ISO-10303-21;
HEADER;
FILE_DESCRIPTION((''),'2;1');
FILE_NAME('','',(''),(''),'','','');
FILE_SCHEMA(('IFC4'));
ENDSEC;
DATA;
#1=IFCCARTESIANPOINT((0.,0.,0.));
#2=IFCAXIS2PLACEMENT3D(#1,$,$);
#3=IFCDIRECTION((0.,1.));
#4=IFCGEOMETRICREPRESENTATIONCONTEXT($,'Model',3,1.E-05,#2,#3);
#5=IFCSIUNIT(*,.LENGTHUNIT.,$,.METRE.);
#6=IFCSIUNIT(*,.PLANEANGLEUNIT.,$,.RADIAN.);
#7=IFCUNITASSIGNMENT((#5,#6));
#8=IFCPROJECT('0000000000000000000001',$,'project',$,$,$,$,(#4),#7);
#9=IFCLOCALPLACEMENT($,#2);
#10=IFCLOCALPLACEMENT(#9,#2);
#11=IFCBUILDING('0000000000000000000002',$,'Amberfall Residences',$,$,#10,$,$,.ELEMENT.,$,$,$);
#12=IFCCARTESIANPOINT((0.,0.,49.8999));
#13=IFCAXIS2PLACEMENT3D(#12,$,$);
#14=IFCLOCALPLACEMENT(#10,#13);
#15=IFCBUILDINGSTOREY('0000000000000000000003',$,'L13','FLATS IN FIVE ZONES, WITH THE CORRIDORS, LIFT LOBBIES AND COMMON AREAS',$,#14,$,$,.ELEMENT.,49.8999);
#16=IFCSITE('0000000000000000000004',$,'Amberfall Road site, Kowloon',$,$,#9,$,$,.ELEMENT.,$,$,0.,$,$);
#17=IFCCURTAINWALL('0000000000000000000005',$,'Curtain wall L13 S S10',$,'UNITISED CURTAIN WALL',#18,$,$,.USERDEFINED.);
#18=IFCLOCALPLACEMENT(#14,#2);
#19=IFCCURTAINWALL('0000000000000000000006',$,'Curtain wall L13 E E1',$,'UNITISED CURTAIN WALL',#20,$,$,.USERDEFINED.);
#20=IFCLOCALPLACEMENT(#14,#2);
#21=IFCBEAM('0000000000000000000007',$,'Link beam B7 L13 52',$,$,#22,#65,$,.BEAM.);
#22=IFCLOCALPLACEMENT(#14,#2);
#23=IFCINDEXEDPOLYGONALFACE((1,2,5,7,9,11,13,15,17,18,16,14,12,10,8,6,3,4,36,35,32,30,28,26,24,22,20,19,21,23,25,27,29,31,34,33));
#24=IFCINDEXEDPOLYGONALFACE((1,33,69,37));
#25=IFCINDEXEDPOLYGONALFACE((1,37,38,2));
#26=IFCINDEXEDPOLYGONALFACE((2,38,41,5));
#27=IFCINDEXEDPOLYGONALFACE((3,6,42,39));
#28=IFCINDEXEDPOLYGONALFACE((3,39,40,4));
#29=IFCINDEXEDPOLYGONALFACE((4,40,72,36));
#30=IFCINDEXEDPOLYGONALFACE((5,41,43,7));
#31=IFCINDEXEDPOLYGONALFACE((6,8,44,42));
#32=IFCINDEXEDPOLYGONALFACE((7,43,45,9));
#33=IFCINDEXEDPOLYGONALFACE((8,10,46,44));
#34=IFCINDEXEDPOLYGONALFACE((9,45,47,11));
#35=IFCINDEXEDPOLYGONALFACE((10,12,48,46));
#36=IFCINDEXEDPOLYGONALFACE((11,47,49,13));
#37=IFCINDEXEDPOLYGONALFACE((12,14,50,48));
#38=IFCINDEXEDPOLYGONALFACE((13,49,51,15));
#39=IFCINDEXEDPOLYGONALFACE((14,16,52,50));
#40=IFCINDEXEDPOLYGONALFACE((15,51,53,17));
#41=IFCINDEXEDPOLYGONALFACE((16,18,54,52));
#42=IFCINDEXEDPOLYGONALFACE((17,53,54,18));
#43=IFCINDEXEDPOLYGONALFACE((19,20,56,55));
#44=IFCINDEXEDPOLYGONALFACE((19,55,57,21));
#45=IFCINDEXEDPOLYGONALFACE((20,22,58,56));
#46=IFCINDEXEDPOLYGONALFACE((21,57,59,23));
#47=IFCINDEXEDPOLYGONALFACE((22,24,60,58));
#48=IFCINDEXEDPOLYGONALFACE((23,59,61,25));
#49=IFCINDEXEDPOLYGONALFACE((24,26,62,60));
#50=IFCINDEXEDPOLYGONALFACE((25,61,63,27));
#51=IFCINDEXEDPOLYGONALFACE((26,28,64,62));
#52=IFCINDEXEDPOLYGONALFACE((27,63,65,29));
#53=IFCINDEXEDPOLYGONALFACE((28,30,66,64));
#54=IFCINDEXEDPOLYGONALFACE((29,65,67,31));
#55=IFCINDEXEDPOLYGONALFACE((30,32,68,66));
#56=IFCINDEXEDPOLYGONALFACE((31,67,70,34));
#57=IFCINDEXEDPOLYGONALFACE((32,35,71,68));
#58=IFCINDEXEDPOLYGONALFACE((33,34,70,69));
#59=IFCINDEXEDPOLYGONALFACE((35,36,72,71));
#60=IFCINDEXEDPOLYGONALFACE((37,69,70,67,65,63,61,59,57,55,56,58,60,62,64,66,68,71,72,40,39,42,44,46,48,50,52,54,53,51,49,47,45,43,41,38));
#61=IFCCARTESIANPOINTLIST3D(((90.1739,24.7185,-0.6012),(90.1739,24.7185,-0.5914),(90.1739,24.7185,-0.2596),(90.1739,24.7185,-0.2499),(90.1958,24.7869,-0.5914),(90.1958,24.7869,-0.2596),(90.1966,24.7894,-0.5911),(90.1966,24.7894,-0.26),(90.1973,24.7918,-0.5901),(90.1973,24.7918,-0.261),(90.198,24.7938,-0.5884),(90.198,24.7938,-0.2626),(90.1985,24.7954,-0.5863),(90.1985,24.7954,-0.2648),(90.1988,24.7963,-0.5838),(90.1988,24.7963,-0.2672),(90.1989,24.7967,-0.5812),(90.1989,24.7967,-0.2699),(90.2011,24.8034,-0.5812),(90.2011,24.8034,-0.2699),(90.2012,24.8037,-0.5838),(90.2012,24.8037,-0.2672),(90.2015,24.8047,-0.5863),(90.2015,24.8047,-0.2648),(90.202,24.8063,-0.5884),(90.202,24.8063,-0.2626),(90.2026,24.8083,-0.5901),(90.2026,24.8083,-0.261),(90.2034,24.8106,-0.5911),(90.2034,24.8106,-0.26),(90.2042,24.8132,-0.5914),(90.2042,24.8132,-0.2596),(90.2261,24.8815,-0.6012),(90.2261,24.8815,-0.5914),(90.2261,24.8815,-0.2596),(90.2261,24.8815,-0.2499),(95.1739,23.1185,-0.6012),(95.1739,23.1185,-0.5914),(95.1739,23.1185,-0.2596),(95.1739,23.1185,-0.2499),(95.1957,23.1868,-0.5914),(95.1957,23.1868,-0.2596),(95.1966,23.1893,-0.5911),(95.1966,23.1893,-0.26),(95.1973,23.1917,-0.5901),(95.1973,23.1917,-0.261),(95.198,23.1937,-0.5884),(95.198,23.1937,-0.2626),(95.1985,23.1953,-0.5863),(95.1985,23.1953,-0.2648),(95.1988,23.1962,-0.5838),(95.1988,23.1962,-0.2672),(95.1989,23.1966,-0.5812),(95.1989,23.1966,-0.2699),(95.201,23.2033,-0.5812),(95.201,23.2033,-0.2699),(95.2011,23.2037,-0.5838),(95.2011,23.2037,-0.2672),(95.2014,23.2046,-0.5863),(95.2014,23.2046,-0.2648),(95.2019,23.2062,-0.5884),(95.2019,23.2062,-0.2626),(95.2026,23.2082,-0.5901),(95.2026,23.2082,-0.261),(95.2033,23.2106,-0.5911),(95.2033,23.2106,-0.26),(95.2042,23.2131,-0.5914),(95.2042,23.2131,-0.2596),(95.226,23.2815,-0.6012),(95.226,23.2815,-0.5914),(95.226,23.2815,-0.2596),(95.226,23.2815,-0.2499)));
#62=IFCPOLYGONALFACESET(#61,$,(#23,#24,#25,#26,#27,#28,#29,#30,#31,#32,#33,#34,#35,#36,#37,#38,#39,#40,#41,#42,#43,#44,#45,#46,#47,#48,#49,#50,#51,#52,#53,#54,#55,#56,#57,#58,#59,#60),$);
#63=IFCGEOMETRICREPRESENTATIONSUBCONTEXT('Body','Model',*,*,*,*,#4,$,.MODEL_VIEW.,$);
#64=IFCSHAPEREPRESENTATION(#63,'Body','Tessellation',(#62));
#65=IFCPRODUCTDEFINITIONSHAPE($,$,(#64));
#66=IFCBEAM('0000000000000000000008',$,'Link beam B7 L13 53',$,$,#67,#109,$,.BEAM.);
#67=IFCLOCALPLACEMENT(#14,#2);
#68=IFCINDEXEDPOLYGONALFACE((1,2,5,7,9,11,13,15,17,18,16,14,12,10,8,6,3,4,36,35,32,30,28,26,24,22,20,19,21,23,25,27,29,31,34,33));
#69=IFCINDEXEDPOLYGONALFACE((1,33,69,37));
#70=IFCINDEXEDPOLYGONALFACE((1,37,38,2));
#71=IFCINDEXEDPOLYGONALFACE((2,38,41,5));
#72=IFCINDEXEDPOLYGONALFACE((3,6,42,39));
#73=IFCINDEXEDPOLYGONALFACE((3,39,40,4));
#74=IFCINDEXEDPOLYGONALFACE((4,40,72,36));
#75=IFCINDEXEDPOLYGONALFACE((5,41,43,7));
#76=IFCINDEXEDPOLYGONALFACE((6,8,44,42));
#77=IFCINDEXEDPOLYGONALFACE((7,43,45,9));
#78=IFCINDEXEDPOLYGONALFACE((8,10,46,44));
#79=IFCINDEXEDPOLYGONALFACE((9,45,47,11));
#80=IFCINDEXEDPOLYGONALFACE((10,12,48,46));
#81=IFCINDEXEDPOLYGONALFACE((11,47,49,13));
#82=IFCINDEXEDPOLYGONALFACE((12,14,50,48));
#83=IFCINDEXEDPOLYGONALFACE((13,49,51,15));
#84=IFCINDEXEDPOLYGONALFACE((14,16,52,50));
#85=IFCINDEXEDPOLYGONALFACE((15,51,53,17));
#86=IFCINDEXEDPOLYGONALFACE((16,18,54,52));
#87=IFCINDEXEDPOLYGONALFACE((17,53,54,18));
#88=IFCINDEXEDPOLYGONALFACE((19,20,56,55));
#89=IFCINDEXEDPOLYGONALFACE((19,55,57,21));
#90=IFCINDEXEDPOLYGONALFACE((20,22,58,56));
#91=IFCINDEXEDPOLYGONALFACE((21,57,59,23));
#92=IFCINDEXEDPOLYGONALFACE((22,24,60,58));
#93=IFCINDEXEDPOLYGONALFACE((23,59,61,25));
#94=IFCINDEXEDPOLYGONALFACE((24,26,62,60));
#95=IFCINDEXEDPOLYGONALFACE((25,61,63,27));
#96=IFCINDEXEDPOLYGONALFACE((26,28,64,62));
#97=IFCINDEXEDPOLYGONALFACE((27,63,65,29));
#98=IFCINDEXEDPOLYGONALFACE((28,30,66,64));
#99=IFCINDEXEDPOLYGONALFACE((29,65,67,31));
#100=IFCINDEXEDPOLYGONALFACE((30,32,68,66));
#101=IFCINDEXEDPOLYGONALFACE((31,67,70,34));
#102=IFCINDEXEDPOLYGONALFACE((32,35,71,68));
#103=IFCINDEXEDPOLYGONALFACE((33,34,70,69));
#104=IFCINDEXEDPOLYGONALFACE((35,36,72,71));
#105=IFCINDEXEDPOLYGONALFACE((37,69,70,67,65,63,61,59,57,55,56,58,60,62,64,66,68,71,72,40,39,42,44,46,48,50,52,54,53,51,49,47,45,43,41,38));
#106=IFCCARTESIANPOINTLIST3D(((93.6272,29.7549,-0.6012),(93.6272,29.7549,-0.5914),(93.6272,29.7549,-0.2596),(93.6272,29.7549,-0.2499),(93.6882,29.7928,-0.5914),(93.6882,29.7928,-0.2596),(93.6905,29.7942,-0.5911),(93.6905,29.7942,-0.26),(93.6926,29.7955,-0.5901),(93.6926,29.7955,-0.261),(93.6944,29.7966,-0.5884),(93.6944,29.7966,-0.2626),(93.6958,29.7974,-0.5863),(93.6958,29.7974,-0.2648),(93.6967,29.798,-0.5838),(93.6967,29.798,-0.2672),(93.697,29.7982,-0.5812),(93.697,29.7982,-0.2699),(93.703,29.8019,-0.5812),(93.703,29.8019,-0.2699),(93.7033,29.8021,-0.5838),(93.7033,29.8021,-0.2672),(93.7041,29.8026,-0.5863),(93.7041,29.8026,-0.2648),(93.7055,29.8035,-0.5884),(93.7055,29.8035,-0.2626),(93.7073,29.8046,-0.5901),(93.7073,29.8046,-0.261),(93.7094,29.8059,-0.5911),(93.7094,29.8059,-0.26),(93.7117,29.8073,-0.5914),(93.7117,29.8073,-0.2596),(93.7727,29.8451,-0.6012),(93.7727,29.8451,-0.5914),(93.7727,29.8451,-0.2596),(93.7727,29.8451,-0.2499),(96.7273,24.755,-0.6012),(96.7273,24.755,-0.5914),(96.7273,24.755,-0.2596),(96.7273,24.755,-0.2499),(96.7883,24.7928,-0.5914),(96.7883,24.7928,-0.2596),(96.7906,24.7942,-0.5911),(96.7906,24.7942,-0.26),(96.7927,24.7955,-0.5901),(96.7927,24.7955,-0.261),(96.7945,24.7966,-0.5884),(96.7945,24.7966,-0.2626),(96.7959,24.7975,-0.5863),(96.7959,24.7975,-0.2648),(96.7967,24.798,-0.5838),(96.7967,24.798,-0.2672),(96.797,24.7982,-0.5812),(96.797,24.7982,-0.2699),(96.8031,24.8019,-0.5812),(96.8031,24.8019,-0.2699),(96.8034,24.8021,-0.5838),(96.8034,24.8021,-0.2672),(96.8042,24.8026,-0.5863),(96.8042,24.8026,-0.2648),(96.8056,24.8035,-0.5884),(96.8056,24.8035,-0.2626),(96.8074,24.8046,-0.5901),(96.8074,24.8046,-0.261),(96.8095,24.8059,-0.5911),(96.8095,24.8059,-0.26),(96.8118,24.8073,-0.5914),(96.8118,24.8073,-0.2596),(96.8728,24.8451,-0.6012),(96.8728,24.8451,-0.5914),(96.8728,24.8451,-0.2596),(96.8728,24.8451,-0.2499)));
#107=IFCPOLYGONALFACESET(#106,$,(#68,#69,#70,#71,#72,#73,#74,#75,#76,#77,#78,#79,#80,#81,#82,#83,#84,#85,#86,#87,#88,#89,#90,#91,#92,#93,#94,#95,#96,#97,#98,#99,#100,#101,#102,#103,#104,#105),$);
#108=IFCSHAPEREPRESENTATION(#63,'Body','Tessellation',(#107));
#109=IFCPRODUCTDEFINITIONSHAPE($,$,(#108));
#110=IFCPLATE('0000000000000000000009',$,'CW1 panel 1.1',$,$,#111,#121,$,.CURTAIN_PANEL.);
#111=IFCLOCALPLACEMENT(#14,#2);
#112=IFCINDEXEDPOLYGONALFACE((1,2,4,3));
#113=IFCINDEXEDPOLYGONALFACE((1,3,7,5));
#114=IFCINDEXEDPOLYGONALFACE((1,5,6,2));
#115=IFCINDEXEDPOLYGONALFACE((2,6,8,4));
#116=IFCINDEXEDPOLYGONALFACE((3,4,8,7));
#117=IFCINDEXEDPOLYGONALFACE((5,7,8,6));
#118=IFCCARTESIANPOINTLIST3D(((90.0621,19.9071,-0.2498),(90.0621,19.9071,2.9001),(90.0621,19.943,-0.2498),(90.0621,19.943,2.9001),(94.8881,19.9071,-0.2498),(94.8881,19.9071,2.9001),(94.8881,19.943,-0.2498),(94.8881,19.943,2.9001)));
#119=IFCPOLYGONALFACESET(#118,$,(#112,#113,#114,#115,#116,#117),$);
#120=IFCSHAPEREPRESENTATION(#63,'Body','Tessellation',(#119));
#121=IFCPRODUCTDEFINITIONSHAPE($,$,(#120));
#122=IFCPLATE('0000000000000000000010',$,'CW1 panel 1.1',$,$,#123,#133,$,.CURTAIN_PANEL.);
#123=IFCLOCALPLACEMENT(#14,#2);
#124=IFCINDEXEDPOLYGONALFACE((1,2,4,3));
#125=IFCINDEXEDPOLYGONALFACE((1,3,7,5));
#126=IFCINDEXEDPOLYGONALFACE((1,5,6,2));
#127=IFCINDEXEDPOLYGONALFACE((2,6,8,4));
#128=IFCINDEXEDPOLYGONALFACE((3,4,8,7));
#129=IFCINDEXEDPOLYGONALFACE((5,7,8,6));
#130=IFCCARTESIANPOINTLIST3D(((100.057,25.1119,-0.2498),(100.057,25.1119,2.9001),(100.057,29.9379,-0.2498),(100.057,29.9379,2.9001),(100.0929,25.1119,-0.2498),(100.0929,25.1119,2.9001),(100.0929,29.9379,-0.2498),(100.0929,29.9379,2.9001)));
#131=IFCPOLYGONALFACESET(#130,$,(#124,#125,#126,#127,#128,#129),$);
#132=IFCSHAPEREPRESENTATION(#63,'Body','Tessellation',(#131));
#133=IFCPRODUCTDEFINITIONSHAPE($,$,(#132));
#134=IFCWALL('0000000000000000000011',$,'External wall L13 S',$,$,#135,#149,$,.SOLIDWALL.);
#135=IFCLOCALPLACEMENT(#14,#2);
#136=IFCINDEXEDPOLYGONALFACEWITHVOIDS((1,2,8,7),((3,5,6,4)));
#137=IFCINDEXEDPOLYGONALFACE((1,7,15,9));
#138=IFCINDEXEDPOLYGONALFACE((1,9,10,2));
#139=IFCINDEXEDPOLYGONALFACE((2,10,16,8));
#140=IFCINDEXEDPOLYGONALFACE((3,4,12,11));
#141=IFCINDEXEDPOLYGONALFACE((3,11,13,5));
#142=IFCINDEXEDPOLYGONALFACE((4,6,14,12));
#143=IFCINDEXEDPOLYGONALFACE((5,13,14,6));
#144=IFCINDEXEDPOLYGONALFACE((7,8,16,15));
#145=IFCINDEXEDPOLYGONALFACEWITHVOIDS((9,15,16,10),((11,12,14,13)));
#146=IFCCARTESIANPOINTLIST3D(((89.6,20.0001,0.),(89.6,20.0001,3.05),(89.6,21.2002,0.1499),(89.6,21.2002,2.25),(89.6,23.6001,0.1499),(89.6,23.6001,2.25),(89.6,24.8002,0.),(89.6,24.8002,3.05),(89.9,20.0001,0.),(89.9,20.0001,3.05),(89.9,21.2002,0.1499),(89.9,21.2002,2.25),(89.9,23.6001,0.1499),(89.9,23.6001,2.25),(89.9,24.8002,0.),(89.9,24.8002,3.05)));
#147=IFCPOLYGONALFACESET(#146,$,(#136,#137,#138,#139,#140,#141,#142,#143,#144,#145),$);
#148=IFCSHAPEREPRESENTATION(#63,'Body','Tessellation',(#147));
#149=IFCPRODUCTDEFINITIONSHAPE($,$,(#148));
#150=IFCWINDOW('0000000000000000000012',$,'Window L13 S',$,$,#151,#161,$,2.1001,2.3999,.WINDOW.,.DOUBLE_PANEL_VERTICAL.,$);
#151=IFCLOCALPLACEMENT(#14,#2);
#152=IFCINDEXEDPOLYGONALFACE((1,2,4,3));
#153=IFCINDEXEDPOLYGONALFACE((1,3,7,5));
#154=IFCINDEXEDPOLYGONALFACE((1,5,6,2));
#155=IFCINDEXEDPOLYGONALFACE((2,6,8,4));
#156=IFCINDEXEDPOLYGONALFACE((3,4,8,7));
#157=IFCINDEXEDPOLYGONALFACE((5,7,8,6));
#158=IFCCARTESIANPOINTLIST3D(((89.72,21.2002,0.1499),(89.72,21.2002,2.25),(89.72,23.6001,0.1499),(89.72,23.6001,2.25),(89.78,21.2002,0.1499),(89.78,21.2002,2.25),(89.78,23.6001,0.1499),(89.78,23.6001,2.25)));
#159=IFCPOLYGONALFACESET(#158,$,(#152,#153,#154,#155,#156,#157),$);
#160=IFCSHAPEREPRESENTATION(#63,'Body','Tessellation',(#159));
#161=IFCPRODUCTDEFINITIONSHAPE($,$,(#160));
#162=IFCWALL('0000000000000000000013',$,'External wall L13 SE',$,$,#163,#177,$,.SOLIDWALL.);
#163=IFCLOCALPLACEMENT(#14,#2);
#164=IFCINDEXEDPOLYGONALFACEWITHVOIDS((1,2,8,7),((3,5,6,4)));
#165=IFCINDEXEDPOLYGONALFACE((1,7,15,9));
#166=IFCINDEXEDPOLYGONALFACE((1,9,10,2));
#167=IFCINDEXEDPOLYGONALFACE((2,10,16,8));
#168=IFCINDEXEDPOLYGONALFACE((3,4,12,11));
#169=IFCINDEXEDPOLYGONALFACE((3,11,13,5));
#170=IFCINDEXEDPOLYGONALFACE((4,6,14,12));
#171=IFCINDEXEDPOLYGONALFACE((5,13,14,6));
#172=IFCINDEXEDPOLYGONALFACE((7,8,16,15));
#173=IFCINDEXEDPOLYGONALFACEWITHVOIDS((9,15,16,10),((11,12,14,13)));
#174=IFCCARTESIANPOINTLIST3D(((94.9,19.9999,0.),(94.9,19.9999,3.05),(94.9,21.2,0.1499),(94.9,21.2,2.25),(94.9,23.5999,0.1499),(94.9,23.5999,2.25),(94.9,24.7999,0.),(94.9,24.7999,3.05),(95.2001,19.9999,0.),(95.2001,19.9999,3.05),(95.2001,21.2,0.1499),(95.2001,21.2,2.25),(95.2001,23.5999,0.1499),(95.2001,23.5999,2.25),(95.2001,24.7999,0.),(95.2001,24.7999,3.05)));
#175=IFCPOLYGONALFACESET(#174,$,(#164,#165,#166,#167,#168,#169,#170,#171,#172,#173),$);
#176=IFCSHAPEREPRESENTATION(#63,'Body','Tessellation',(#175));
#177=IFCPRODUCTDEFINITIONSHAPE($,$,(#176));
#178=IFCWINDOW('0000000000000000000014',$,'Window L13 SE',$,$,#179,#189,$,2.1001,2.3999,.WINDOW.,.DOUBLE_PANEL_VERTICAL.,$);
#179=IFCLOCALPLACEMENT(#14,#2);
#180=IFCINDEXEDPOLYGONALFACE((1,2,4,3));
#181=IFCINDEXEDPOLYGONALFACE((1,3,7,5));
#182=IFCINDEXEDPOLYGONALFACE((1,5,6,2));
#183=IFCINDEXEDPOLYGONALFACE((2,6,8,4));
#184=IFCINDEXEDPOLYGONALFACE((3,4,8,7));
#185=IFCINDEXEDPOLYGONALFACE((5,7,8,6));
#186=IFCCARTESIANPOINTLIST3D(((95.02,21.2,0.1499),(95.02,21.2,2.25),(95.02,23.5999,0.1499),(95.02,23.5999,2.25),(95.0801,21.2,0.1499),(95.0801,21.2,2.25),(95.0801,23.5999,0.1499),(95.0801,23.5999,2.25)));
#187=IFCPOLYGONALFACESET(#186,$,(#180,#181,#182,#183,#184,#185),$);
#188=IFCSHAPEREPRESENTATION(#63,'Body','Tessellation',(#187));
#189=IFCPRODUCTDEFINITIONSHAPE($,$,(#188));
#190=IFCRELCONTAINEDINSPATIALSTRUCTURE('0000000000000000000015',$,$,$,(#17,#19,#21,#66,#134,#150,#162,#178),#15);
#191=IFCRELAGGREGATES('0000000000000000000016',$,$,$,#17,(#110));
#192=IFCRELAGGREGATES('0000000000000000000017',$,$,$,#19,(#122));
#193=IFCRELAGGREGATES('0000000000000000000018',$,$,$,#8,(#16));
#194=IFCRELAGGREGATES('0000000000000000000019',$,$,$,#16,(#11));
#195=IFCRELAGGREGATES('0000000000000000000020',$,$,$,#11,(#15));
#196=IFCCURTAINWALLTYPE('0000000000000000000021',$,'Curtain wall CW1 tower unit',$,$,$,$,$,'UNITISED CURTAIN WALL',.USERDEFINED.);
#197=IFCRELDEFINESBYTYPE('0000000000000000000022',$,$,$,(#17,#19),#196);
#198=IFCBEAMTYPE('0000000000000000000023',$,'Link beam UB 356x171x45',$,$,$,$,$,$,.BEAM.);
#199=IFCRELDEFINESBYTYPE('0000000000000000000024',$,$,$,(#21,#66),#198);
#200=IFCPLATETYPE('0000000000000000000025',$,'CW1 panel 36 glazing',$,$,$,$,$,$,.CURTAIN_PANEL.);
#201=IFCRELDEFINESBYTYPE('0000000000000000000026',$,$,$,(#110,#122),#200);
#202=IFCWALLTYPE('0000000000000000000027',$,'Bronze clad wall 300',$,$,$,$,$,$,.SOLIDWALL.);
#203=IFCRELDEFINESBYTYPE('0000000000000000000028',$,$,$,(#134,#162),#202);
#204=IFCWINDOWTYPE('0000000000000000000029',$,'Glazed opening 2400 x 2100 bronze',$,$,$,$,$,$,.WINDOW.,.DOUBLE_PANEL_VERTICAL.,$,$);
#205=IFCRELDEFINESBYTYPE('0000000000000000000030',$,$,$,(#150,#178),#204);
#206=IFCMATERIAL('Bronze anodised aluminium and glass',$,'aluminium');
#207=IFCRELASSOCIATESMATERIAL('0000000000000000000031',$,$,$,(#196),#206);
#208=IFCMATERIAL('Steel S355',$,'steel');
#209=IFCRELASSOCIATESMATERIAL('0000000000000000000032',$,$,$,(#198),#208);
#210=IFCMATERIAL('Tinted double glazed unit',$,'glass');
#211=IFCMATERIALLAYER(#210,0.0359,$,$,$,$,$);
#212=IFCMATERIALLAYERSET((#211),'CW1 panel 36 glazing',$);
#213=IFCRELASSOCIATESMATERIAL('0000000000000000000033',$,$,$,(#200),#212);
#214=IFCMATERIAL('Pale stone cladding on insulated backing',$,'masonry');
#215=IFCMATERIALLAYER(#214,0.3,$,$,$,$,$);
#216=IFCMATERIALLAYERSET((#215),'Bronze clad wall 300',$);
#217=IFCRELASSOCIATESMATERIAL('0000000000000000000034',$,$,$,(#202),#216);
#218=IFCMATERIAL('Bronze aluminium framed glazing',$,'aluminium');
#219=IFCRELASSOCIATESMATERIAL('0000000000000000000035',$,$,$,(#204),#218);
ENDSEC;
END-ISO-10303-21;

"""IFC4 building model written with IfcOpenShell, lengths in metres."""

from ifc_helpers import new_model, si_unit, direction, frame, frame_2d, origin, origin_2d, place, context, subcontext, project, spatial, rectangle, i_section, extrude, material, layer, layer_set, material_profile, profile_set, type_object, element, fill, aggregate, save


model = new_model("IFC4")

# Units and contexts
model_context = context("Model", 3, precision=1e-05, world=origin(), true_north=direction((0.0, 1.0)))
body_context = subcontext(model_context, "Body", "Model", "MODEL_VIEW")
ifc_project = project(units=[si_unit("LENGTHUNIT", "METRE"), si_unit("PLANEANGLEUNIT", "RADIAN")], contexts=[model_context])

# Site, building, storey
site_placement = place(None, origin())
site = spatial("IfcSite", under=ifc_project, at=site_placement, Name="Amberfall Road site, Kowloon", CompositionType="ELEMENT", RefElevation=0.0)
building_placement = place(site_placement, origin())
building = spatial("IfcBuilding", under=site, at=building_placement, Name="Amberfall Residences", CompositionType="ELEMENT")
storey_placement = place(building_placement, frame((0.0, 0.0, 49.8999)))
storey = spatial("IfcBuildingStorey", under=building, at=storey_placement, Name="L13", Description="FLATS IN FIVE ZONES, WITH THE CORRIDORS, LIFT LOBBIES AND COMMON AREAS", CompositionType="ELEMENT", Elevation=49.8999)

# Curtain walls
ifc_material_1 = material(Name="Bronze anodised aluminium and glass", Category="aluminium")
curtain_wall_type = type_object("IfcCurtainWallType", Name="Curtain wall CW1 tower unit", ElementType="UNITISED CURTAIN WALL", PredefinedType="USERDEFINED", material=ifc_material_1)
curtain_wall_1_placement = place(storey_placement, origin())
curtain_wall_1 = element("IfcCurtainWall", 1, at=curtain_wall_1_placement, inside=storey, type_object=curtain_wall_type, Name="Curtain wall L13 S S10", ObjectType="UNITISED CURTAIN WALL", PredefinedType="USERDEFINED")
curtain_wall_2_placement = place(storey_placement, origin())
curtain_wall_2 = element("IfcCurtainWall", 2, at=curtain_wall_2_placement, inside=storey, type_object=curtain_wall_type, Name="Curtain wall L13 E E1", ObjectType="UNITISED CURTAIN WALL", PredefinedType="USERDEFINED")

# Beams
ifc_material_2 = material(Name="Steel S355", Category="steel")
ifc_material_profile_1 = material_profile(ifc_material_2, i_section(OverallWidth=0.1711, OverallDepth=0.3513, WebThickness=0.0071, FlangeThickness=0.0098, FilletRadius=0.0103, at=origin_2d()), Name="UB 356x171x45")
ifc_profile_set_1 = profile_set([ifc_material_profile_1], Name="Steel S355")
beam_type_1 = type_object("IfcBeamType", Name="Link beam UB 356x171x45", PredefinedType="BEAM", material=ifc_profile_set_1)
beam_1_placement = place(storey_placement, frame((95.2, 23.2, -0.4255), z_axis=(-0.952419, 0.304793, 0.0), x_axis=(-0.304793, -0.952419, 0.0)))
element("IfcBeam", 3, at=beam_1_placement, inside=storey, type_object=beam_type_1, Name="Link beam B7 L13 52", PredefinedType="BEAM", context=body_context, shape_type="SweptSolid", body=[
    extrude(i_section(OverallWidth=0.1711, OverallDepth=0.3513, WebThickness=0.0071, FlangeThickness=0.0098, FilletRadius=0.0103, at=origin_2d()), origin(), (0.0, 0.0, 1.0), 5.2498),
])
beam_2_placement = place(storey_placement, frame((96.8, 24.8, -0.4255), z_axis=(-0.526952, 0.849895, 0.0), x_axis=(-0.849895, -0.526952, 0.0)))
element("IfcBeam", 4, at=beam_2_placement, inside=storey, type_object=beam_type_1, Name="Link beam B7 L13 53", PredefinedType="BEAM", context=body_context, shape_type="SweptSolid", body=[
    extrude(i_section(OverallWidth=0.1711, OverallDepth=0.3513, WebThickness=0.0071, FlangeThickness=0.0098, FilletRadius=0.0103, at=origin_2d()), origin(), (0.0, 0.0, 1.0), 5.8831),
])

# Plates
ifc_material_3 = material(Name="Tinted double glazed unit", Category="glass")
ifc_layer_1 = layer(ifc_material_3, 0.0359)
ifc_layer_set_1 = layer_set([ifc_layer_1], Name="CW1 panel 36 glazing")
plate_type = type_object("IfcPlateType", Name="CW1 panel 36 glazing", PredefinedType="CURTAIN_PANEL", material=ifc_layer_set_1)
plate_1_placement = place(storey_placement, frame((92.4751, 19.925, -0.2498), z_axis=(0.0, 0.0, 1.0), x_axis=(1.0, 0.0, 0.0)))
plate_1 = element("IfcPlate", 5, at=plate_1_placement, type_object=plate_type, Name="CW1 panel 1.1", PredefinedType="CURTAIN_PANEL", context=body_context, shape_type="SweptSolid", body=[
    extrude(rectangle(XDim=4.8259, YDim=0.0359, at=origin_2d()), origin(), (0.0, 0.0, 1.0), 3.1499),
])
aggregate(curtain_wall_1, [plate_1])
plate_2_placement = place(storey_placement, frame((100.075, 27.5249, -0.2498), z_axis=(0.0, 0.0, 1.0), x_axis=(0.0, 1.0, 0.0)))
plate_2 = element("IfcPlate", 6, at=plate_2_placement, type_object=plate_type, Name="CW1 panel 1.1", PredefinedType="CURTAIN_PANEL", context=body_context, shape_type="SweptSolid", body=[
    extrude(rectangle(XDim=4.8259, YDim=0.0359, at=origin_2d()), origin(), (0.0, 0.0, 1.0), 3.1499),
])
aggregate(curtain_wall_2, [plate_2])

# Walls, openings, windows
ifc_material_4 = material(Name="Pale stone cladding on insulated backing", Category="masonry")
ifc_layer_2 = layer(ifc_material_4, 0.3)
ifc_layer_set_2 = layer_set([ifc_layer_2], Name="Bronze clad wall 300")
wall_type_1 = type_object("IfcWallType", Name="Bronze clad wall 300", PredefinedType="SOLIDWALL", material=ifc_layer_set_2)
wall_1_placement = place(storey_placement, frame((89.75, 24.8, 0.0), z_axis=(0.0, 0.0, 1.0), x_axis=(0.0, -1.0, 0.0)))
wall_1 = element("IfcWall", 7, at=wall_1_placement, inside=storey, type_object=wall_type_1, Name="External wall L13 S", PredefinedType="SOLIDWALL", context=body_context, shape_type="SweptSolid", body=[
    extrude(rectangle(XDim=4.8, YDim=0.3, at=frame_2d((2.3999, 0.0))), origin(), (0.0, 0.0, 1.0), 3.05),
])
opening_1_placement = place(wall_1_placement, frame((1.2, 0.0, 0.1499)))
opening_1 = element("IfcOpeningElement", 8, at=opening_1_placement, cuts=wall_1, PredefinedType="OPENING", context=body_context, shape_type="SweptSolid", body=[
    extrude(rectangle(XDim=2.3999, YDim=2.1001, at=frame_2d((1.2, 1.05))), frame((0.0, 0.1599, 0.0), z_axis=(0.0, -1.0, 0.0), x_axis=(1.0, 0.0, 0.0)), (0.0, 0.0, 1.0), 0.3201),
])
ifc_material_5 = material(Name="Bronze aluminium framed glazing", Category="aluminium")
window_type_1 = type_object("IfcWindowType", Name="Glazed opening 2400 x 2100 bronze", PartitioningType="DOUBLE_PANEL_VERTICAL", PredefinedType="WINDOW", material=ifc_material_5)
window_1_placement = place(opening_1_placement, origin())
window_1 = element("IfcWindow", 9, at=window_1_placement, inside=storey, type_object=window_type_1, Name="Window L13 S", OverallHeight=2.1001, OverallWidth=2.3999, PartitioningType="DOUBLE_PANEL_VERTICAL", PredefinedType="WINDOW", context=body_context, shape_type="SweptSolid", body=[
    extrude(rectangle(XDim=2.3999, YDim=2.1001, at=frame_2d((1.2, 1.05))), frame((0.0, 0.03, 0.0), z_axis=(0.0, -1.0, 0.0), x_axis=(1.0, 0.0, 0.0)), (0.0, 0.0, 1.0), 0.0601),
])
fill(opening_1, window_1)
wall_2_placement = place(storey_placement, frame((95.05, 20.0, 0.0), z_axis=(0.0, 0.0, 1.0), x_axis=(0.0, 1.0, 0.0)))
wall_2 = element("IfcWall", 10, at=wall_2_placement, inside=storey, type_object=wall_type_1, Name="External wall L13 SE", PredefinedType="SOLIDWALL", context=body_context, shape_type="SweptSolid", body=[
    extrude(rectangle(XDim=4.8, YDim=0.3, at=frame_2d((2.3999, 0.0))), origin(), (0.0, 0.0, 1.0), 3.05),
])
opening_2_placement = place(wall_2_placement, frame((1.2, 0.0, 0.1499)))
opening_2 = element("IfcOpeningElement", 11, at=opening_2_placement, cuts=wall_2, PredefinedType="OPENING", context=body_context, shape_type="SweptSolid", body=[
    extrude(rectangle(XDim=2.3999, YDim=2.1001, at=frame_2d((1.2, 1.05))), frame((0.0, 0.1599, 0.0), z_axis=(0.0, -1.0, 0.0), x_axis=(1.0, 0.0, 0.0)), (0.0, 0.0, 1.0), 0.3201),
])
window_2_placement = place(opening_2_placement, origin())
window_2 = element("IfcWindow", 12, at=window_2_placement, inside=storey, type_object=window_type_1, Name="Window L13 SE", OverallHeight=2.1001, OverallWidth=2.3999, PartitioningType="DOUBLE_PANEL_VERTICAL", PredefinedType="WINDOW", context=body_context, shape_type="SweptSolid", body=[
    extrude(rectangle(XDim=2.3999, YDim=2.1001, at=frame_2d((1.2, 1.05))), frame((0.0, 0.03, 0.0), z_axis=(0.0, -1.0, 0.0), x_axis=(1.0, 0.0, 0.0)), (0.0, 0.0, 1.0), 0.0601),
])
fill(opening_2, window_2)

save(model, "model.ifc")
